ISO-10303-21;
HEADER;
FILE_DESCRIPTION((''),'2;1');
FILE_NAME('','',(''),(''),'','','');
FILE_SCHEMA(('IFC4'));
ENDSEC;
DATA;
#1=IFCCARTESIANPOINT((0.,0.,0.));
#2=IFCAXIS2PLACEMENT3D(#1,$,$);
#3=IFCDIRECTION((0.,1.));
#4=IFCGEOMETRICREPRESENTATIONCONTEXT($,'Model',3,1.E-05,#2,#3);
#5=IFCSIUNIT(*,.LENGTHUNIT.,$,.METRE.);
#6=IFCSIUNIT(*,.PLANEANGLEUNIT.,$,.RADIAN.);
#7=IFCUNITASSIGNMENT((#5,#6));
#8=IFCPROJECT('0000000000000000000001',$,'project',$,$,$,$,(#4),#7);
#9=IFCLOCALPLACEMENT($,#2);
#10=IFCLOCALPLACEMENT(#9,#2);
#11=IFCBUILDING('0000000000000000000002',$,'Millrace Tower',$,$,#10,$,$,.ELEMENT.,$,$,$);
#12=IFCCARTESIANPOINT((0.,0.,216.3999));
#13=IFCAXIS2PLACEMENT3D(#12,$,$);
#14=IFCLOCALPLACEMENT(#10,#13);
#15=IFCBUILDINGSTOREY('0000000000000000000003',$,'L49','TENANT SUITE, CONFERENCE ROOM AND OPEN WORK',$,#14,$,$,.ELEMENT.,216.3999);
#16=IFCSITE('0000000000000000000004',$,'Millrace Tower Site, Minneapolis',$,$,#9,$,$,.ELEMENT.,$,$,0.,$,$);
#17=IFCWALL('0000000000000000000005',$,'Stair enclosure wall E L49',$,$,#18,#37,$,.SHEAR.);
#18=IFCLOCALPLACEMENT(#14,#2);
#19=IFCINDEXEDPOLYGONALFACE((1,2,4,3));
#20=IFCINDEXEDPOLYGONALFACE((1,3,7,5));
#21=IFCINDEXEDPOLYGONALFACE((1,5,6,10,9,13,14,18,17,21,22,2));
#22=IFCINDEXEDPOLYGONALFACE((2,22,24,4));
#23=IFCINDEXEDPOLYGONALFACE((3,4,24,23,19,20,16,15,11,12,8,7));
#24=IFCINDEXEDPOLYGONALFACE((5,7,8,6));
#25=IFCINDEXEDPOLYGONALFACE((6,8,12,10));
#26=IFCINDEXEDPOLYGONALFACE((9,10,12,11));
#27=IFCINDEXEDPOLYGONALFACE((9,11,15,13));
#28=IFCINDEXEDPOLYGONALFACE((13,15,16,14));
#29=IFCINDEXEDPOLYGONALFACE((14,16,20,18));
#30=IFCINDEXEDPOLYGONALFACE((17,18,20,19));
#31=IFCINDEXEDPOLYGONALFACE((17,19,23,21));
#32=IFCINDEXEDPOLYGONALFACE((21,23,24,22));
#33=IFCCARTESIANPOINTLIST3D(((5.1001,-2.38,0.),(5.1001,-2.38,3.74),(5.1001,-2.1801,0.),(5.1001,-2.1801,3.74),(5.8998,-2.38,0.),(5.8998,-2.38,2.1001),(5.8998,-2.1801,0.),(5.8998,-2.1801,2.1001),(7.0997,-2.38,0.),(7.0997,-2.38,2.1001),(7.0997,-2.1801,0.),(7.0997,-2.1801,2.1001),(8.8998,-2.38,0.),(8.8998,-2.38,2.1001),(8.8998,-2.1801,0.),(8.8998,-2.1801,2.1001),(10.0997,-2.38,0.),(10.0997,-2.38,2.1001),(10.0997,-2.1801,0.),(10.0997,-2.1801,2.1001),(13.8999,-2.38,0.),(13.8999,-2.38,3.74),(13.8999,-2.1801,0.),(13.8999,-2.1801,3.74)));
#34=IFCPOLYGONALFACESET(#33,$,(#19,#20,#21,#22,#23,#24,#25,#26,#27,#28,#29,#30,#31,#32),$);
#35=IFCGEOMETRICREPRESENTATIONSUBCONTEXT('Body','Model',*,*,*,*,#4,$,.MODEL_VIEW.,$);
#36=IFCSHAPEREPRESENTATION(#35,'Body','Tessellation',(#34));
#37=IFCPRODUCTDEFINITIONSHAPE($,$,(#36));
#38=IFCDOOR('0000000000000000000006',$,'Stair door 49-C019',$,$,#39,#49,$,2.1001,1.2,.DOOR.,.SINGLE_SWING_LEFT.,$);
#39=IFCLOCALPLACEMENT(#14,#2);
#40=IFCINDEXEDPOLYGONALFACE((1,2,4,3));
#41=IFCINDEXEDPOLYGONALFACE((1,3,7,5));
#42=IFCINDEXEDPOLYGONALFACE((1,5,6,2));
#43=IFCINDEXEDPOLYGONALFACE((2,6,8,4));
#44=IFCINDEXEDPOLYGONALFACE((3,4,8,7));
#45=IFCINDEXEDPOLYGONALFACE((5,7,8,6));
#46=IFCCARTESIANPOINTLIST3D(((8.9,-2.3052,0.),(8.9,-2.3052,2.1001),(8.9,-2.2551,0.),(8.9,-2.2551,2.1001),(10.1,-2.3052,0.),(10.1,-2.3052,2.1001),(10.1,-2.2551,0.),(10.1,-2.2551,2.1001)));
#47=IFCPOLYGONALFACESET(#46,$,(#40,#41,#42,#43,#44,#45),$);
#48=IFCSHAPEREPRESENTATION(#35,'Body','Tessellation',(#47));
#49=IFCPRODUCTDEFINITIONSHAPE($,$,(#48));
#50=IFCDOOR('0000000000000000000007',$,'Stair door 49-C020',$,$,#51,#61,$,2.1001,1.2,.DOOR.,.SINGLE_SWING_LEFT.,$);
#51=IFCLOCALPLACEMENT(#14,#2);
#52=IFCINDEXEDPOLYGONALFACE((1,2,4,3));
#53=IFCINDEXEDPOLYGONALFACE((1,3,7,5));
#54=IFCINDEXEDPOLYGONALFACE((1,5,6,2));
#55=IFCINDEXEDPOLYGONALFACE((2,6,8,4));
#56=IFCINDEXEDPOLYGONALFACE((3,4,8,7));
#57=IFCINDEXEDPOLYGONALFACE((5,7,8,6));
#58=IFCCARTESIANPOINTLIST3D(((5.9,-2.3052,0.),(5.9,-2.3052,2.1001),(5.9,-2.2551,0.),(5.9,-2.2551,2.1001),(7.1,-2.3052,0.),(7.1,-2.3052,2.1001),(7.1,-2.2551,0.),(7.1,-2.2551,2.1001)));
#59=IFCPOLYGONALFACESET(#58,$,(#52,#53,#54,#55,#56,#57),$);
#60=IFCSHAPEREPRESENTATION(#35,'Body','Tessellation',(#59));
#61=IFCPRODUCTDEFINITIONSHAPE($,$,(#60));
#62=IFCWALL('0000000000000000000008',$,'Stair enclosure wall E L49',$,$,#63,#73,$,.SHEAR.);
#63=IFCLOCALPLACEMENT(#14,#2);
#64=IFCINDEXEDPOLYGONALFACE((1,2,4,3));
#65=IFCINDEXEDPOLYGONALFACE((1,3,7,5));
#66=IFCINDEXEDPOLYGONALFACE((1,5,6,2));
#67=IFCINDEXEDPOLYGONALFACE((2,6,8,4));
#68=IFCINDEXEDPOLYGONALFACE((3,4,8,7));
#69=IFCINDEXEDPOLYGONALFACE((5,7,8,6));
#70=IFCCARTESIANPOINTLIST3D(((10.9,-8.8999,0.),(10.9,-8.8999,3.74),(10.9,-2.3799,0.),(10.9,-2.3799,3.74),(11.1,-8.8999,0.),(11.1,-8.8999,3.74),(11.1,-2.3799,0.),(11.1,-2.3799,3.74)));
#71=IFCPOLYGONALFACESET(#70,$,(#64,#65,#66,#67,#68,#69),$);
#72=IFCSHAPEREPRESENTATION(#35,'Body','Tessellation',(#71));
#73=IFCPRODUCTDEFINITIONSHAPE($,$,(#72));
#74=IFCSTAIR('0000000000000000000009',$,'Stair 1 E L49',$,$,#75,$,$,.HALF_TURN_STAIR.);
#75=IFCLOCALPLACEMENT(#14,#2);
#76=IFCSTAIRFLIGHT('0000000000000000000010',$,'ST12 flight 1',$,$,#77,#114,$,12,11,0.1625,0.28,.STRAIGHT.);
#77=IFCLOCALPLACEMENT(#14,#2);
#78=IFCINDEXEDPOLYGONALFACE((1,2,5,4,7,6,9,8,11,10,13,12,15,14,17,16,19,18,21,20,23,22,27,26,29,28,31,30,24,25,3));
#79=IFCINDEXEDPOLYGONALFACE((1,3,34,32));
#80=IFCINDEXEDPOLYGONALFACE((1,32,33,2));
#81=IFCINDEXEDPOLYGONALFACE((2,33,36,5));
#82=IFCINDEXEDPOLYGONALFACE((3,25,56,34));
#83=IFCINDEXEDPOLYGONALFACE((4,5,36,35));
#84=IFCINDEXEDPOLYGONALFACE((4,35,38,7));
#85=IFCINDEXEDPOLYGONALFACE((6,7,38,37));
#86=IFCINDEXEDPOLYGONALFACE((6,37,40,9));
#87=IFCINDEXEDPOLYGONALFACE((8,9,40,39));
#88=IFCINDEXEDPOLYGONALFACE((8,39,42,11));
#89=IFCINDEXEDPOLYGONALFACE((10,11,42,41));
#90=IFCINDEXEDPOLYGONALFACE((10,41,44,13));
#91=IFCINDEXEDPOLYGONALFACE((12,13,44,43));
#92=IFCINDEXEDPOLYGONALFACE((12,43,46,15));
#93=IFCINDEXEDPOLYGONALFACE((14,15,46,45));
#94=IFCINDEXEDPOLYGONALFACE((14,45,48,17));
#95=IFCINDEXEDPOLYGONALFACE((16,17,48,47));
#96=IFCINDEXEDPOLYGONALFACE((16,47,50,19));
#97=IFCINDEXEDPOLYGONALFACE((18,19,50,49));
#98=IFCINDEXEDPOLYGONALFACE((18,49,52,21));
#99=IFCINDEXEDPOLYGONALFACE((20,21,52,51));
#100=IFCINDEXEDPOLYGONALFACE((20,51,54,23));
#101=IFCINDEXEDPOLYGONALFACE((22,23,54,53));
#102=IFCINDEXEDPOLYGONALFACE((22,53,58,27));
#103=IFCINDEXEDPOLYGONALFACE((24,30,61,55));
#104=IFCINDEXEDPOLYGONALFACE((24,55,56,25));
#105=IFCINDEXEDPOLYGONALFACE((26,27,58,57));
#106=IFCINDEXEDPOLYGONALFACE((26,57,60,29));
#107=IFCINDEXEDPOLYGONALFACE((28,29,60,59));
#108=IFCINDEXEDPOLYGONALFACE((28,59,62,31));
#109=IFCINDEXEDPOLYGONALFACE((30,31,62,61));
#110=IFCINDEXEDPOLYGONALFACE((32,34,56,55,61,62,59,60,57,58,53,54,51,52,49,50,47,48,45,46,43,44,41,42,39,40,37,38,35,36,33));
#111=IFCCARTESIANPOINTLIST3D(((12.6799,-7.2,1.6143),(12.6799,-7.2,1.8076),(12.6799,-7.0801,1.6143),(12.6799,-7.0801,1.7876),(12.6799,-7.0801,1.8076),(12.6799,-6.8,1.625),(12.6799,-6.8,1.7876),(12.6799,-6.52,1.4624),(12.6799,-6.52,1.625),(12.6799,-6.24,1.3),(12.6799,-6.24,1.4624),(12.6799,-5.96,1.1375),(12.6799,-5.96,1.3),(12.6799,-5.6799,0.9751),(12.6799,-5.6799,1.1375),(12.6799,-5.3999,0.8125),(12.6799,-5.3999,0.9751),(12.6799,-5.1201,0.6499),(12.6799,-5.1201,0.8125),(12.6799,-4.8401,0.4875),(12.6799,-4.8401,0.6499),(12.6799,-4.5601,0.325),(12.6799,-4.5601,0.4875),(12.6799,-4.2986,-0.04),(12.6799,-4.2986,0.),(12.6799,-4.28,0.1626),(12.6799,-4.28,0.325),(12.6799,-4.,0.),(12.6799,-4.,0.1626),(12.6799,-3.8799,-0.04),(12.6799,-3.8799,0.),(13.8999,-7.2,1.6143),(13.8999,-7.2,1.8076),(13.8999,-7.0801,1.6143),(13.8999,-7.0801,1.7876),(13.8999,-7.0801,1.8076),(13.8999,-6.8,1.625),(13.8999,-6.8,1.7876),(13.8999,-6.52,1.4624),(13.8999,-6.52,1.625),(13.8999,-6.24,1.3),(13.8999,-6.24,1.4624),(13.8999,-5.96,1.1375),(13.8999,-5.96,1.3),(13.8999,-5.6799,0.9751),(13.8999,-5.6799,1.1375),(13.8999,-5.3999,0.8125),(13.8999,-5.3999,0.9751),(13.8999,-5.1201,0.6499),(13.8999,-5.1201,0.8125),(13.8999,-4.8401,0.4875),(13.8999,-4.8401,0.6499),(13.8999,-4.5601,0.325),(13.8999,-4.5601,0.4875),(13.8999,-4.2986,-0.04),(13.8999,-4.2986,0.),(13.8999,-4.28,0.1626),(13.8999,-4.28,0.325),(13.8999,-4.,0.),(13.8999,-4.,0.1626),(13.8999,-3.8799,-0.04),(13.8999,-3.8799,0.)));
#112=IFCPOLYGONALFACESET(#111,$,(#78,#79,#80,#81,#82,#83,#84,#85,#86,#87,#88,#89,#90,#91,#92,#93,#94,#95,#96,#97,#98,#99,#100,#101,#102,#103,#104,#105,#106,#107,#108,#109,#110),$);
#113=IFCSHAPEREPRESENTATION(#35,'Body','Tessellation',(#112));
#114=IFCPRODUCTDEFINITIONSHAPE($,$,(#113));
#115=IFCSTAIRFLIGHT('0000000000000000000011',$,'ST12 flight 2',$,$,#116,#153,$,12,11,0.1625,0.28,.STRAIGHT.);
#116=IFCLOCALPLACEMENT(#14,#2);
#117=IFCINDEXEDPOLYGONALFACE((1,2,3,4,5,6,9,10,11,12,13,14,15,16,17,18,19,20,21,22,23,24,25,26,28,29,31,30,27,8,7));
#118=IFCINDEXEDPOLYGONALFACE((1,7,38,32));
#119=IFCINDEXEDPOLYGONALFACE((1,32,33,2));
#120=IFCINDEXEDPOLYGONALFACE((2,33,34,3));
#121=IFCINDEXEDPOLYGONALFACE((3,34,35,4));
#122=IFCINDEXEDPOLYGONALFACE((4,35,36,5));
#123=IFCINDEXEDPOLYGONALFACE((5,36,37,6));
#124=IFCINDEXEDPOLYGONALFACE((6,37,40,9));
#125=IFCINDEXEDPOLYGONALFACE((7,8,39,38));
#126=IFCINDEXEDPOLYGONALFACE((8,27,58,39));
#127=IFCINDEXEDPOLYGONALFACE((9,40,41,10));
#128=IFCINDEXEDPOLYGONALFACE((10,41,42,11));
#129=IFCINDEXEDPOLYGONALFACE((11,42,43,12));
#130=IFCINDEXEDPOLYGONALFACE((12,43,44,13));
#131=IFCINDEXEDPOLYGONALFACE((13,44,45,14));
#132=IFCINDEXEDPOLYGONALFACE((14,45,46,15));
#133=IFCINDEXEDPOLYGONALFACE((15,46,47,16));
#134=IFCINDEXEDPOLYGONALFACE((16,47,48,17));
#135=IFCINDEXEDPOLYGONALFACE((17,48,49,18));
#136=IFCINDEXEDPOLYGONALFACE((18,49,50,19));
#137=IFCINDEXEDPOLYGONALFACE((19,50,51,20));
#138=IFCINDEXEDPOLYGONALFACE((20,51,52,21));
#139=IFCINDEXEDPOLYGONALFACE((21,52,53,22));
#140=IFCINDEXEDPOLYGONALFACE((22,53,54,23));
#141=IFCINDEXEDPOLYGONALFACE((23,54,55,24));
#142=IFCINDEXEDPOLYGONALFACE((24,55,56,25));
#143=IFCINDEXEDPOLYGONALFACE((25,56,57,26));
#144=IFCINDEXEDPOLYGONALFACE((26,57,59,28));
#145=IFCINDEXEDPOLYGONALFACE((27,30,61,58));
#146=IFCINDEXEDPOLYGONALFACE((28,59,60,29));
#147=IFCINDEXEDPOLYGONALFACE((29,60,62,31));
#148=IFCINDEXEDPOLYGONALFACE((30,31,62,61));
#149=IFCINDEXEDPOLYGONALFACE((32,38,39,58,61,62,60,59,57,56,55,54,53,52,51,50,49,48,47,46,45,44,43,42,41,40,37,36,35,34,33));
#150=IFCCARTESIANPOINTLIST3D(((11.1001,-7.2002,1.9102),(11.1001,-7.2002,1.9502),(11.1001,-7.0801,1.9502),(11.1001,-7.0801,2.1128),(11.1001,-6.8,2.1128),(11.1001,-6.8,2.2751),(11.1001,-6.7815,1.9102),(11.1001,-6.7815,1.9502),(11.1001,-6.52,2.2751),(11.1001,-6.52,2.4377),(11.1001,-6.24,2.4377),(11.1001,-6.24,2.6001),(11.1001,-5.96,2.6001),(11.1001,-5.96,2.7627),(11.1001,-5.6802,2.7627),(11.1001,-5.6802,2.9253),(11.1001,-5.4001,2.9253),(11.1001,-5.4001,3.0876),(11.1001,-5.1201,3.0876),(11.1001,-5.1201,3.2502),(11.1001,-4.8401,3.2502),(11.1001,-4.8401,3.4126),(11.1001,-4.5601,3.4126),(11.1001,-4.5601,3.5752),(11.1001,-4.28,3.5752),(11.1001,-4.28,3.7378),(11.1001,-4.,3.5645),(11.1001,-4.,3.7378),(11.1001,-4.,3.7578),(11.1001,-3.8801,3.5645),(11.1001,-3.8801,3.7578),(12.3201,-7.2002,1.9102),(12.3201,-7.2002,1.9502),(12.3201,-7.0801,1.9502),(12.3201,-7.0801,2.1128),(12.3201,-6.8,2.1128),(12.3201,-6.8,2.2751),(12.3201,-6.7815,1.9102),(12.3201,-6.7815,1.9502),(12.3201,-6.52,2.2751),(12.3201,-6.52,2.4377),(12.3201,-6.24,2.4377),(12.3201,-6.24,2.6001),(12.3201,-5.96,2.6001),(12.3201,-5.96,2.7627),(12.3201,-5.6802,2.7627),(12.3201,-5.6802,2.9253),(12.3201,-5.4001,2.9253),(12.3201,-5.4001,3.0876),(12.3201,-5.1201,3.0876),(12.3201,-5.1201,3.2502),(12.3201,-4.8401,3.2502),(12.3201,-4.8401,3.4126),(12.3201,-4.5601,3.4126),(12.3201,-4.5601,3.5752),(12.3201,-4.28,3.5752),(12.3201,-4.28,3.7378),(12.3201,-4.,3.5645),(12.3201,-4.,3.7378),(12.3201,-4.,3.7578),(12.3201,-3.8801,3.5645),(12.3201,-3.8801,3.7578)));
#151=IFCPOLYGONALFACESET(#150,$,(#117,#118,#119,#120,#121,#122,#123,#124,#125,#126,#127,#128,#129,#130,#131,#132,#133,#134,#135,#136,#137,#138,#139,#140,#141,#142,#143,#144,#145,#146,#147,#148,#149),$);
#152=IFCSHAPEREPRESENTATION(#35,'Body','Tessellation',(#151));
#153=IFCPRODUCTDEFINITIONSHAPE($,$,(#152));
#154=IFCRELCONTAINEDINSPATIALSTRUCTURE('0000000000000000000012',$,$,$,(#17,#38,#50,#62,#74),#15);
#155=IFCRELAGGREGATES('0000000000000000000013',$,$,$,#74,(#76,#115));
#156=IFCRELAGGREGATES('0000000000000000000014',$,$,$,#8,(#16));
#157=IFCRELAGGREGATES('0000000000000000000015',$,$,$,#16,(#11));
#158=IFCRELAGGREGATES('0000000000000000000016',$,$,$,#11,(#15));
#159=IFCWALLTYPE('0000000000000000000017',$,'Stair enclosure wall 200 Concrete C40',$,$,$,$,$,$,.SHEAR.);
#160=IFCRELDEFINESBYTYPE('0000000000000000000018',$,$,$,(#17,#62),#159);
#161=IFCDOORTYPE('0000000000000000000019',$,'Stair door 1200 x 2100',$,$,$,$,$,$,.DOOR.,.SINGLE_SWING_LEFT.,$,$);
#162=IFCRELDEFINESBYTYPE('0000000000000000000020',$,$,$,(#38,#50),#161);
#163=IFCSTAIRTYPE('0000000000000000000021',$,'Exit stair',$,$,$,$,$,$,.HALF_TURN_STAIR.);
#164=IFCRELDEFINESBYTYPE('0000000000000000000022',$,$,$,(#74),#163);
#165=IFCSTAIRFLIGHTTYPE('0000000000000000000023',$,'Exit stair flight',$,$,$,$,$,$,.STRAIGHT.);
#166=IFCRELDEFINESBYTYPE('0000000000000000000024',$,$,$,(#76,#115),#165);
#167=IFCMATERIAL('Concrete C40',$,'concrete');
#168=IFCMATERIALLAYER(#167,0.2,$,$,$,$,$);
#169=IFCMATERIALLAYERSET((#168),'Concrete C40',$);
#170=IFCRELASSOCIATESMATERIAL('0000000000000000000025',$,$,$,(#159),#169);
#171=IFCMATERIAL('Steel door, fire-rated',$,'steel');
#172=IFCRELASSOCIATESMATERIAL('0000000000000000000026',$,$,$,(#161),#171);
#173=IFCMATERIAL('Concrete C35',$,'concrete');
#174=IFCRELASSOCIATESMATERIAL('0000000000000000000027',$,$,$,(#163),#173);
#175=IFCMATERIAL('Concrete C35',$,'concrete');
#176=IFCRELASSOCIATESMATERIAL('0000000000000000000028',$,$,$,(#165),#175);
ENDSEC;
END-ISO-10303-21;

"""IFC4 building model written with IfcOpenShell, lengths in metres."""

from ifc_helpers import new_model, si_unit, direction, frame, frame_2d, origin, place, context, subcontext, project, spatial, polyline, rectangle, outline, extrude, material, layer, layer_set, type_object, element, fill, aggregate, save


model = new_model("IFC4")

# Units and contexts
model_context = context("Model", 3, precision=1e-05, world=origin(), true_north=direction((0.0, 1.0)))
body_context = subcontext(model_context, "Body", "Model", "MODEL_VIEW")
ifc_project = project(units=[si_unit("LENGTHUNIT", "METRE"), si_unit("PLANEANGLEUNIT", "RADIAN")], contexts=[model_context])

# Site, building, storey
site_placement = place(None, origin())
site = spatial("IfcSite", under=ifc_project, at=site_placement, Name="Millrace Tower Site, Minneapolis", CompositionType="ELEMENT", RefElevation=0.0)
building_placement = place(site_placement, origin())
building = spatial("IfcBuilding", under=site, at=building_placement, Name="Millrace Tower", CompositionType="ELEMENT")
storey_placement = place(building_placement, frame((0.0, 0.0, 216.3999)))
storey = spatial("IfcBuildingStorey", under=building, at=storey_placement, Name="L49", Description="TENANT SUITE, CONFERENCE ROOM AND OPEN WORK", CompositionType="ELEMENT", Elevation=216.3999)

# Shared definitions
placement = place(storey_placement, origin())

# Shared definitions
ifc_material_1 = material(Name="Concrete C40", Category="concrete")
ifc_layer_1 = layer(ifc_material_1, 0.2)
ifc_layer_set_1 = layer_set([ifc_layer_1], Name="Concrete C40")
wall_type_1 = type_object("IfcWallType", Name="Stair enclosure wall 200 Concrete C40", PredefinedType="SHEAR", material=ifc_layer_set_1)

# Wall, openings, doors
wall_1_placement = place(storey_placement, frame((13.8999, -2.28, 0.0), z_axis=(0.0, 0.0, 1.0), x_axis=(-1.0, 0.0, 0.0)))
wall_1 = element("IfcWall", 1, at=wall_1_placement, inside=storey, type_object=wall_type_1, Name="Stair enclosure wall E L49", PredefinedType="SHEAR", context=body_context, shape_type="SweptSolid", body=[
    extrude(rectangle(XDim=8.7998, YDim=0.2, at=frame_2d((4.3999, 0.0))), origin(), (0.0, 0.0, 1.0), 3.74),
])
opening_1_placement = place(wall_1_placement, frame((3.8, 0.0, 0.0)))
opening_1 = element("IfcOpeningElement", 2, at=opening_1_placement, cuts=wall_1, PredefinedType="OPENING", context=body_context, shape_type="SweptSolid", body=[
    extrude(rectangle(XDim=1.2, YDim=2.1001, at=frame_2d((0.6001, 1.05))), frame((0.0, 0.1099, 0.0), z_axis=(0.0, -1.0, 0.0), x_axis=(1.0, 0.0, 0.0)), (0.0, 0.0, 1.0), 0.22),
])
opening_2_placement = place(wall_1_placement, frame((6.8, 0.0, 0.0)))
opening_2 = element("IfcOpeningElement", 3, at=opening_2_placement, cuts=wall_1, PredefinedType="OPENING", context=body_context, shape_type="SweptSolid", body=[
    extrude(rectangle(XDim=1.2, YDim=2.1001, at=frame_2d((0.6001, 1.05))), frame((0.0, 0.1099, 0.0), z_axis=(0.0, -1.0, 0.0), x_axis=(1.0, 0.0, 0.0)), (0.0, 0.0, 1.0), 0.22),
])
ifc_material_2 = material(Name="Steel door, fire-rated", Category="steel")
door_type_1 = type_object("IfcDoorType", Name="Stair door 1200 x 2100", OperationType="SINGLE_SWING_LEFT", PredefinedType="DOOR", material=ifc_material_2)
door_1_placement = place(opening_1_placement, frame((1.2, 0.0, 0.0), z_axis=(0.0, 0.0, 1.0), x_axis=(-1.0, 0.0, 0.0)))
door_1 = element("IfcDoor", 4, at=door_1_placement, inside=storey, type_object=door_type_1, Name="Stair door 49-C019", OperationType="SINGLE_SWING_LEFT", OverallHeight=2.1001, OverallWidth=1.2, PredefinedType="DOOR", context=body_context, shape_type="SweptSolid", body=[
    extrude(rectangle(XDim=1.2, YDim=2.1001, at=frame_2d((0.6001, 1.05))), frame((0.0, 0.0249, 0.0), z_axis=(0.0, -1.0, 0.0), x_axis=(1.0, 0.0, 0.0)), (0.0, 0.0, 1.0), 0.05),
])
fill(opening_1, door_1)
door_2_placement = place(opening_2_placement, frame((1.2, 0.0, 0.0), z_axis=(0.0, 0.0, 1.0), x_axis=(-1.0, 0.0, 0.0)))
door_2 = element("IfcDoor", 5, at=door_2_placement, inside=storey, type_object=door_type_1, Name="Stair door 49-C020", OperationType="SINGLE_SWING_LEFT", OverallHeight=2.1001, OverallWidth=1.2, PredefinedType="DOOR", context=body_context, shape_type="SweptSolid", body=[
    extrude(rectangle(XDim=1.2, YDim=2.1001, at=frame_2d((0.6001, 1.05))), frame((0.0, 0.0249, 0.0), z_axis=(0.0, -1.0, 0.0), x_axis=(1.0, 0.0, 0.0)), (0.0, 0.0, 1.0), 0.05),
])
fill(opening_2, door_2)

# Wall
wall_2_placement = place(storey_placement, frame((11.0, -2.3799, 0.0), z_axis=(0.0, 0.0, 1.0), x_axis=(0.0, -1.0, 0.0)))
element("IfcWall", 6, at=wall_2_placement, inside=storey, type_object=wall_type_1, Name="Stair enclosure wall E L49", PredefinedType="SHEAR", context=body_context, shape_type="SweptSolid", body=[
    extrude(rectangle(XDim=6.52, YDim=0.2, at=frame_2d((3.26, 0.0))), origin(), (0.0, 0.0, 1.0), 3.74),
])

# Stair, stair flights
ifc_material_3 = material(Name="Concrete C35", Category="concrete")
stair_type = type_object("IfcStairType", Name="Exit stair", PredefinedType="HALF_TURN_STAIR", material=ifc_material_3)
stair_1 = element("IfcStair", 7, at=placement, inside=storey, type_object=stair_type, Name="Stair 1 E L49", PredefinedType="HALF_TURN_STAIR")
ifc_material_4 = material(Name="Concrete C35", Category="concrete")
stair_flight_type = type_object("IfcStairFlightType", Name="Exit stair flight", PredefinedType="STRAIGHT", material=ifc_material_4)
stair_flight_1_placement = place(storey_placement, frame((13.29, -4.0, 0.0), z_axis=(0.0, 0.0, 1.0), x_axis=(0.0, -1.0, 0.0)))
stair_flight_1 = element("IfcStairFlight", 8, at=stair_flight_1_placement, type_object=stair_flight_type, Name="ST12 flight 1", NumberOfRisers=12, NumberOfTreads=11, PredefinedType="STRAIGHT", RiserHeight=0.1625, TreadLength=0.28, context=body_context, shape_type="SweptSolid", body=[
    extrude(outline(polyline([(-0.1201, -0.04), (-0.1201, 0.0), (0.0, 0.0), (0.0, 0.1626), (0.28, 0.1626), (0.28, 0.325), (0.5601, 0.325), (0.5601, 0.4875), (0.8401, 0.4875), (0.8401, 0.6499), (1.1201, 0.6499), (1.1201, 0.8125), (1.3999, 0.8125), (1.3999, 0.9751), (1.6799, 0.9751), (1.6799, 1.1375), (1.96, 1.1375), (1.96, 1.3), (2.24, 1.3), (2.24, 1.4624), (2.52, 1.4624), (2.52, 1.625), (2.8, 1.625), (2.8, 1.7876), (3.0801, 1.7876), (3.0801, 1.8076), (3.2, 1.8076), (3.2, 1.6143), (3.0801, 1.6143), (0.2986, 0.0), (0.2986, -0.04), (-0.1201, -0.04)])), frame((0.0, 0.6099, 0.0), z_axis=(0.0, -1.0, 0.0), x_axis=(1.0, 0.0, 0.0)), (0.0, 0.0, 1.0), 1.22),
])
stair_flight_2_placement = place(storey_placement, frame((11.71, -7.0801, 1.9502), z_axis=(0.0, 0.0, 1.0), x_axis=(0.0, 1.0, 0.0)))
stair_flight_2 = element("IfcStairFlight", 9, at=stair_flight_2_placement, type_object=stair_flight_type, Name="ST12 flight 2", NumberOfRisers=12, NumberOfTreads=11, PredefinedType="STRAIGHT", RiserHeight=0.1625, TreadLength=0.28, context=body_context, shape_type="SweptSolid", body=[
    extrude(outline(polyline([(-0.1201, -0.04), (-0.1201, 0.0), (0.0, 0.0), (0.0, 0.1626), (0.28, 0.1626), (0.28, 0.325), (0.5601, 0.325), (0.5601, 0.4875), (0.8401, 0.4875), (0.8401, 0.6499), (1.1201, 0.6499), (1.1201, 0.8125), (1.3999, 0.8125), (1.3999, 0.9751), (1.6799, 0.9751), (1.6799, 1.1375), (1.96, 1.1375), (1.96, 1.3), (2.24, 1.3), (2.24, 1.4624), (2.52, 1.4624), (2.52, 1.625), (2.8, 1.625), (2.8, 1.7876), (3.0801, 1.7876), (3.0801, 1.8076), (3.2, 1.8076), (3.2, 1.6143), (3.0801, 1.6143), (0.2986, 0.0), (0.2986, -0.04), (-0.1201, -0.04)])), frame((0.0, 0.6099, 0.0), z_axis=(0.0, -1.0, 0.0), x_axis=(1.0, 0.0, 0.0)), (0.0, 0.0, 1.0), 1.22),
])
aggregate(stair_1, [stair_flight_1, stair_flight_2])

save(model, "model.ifc")
